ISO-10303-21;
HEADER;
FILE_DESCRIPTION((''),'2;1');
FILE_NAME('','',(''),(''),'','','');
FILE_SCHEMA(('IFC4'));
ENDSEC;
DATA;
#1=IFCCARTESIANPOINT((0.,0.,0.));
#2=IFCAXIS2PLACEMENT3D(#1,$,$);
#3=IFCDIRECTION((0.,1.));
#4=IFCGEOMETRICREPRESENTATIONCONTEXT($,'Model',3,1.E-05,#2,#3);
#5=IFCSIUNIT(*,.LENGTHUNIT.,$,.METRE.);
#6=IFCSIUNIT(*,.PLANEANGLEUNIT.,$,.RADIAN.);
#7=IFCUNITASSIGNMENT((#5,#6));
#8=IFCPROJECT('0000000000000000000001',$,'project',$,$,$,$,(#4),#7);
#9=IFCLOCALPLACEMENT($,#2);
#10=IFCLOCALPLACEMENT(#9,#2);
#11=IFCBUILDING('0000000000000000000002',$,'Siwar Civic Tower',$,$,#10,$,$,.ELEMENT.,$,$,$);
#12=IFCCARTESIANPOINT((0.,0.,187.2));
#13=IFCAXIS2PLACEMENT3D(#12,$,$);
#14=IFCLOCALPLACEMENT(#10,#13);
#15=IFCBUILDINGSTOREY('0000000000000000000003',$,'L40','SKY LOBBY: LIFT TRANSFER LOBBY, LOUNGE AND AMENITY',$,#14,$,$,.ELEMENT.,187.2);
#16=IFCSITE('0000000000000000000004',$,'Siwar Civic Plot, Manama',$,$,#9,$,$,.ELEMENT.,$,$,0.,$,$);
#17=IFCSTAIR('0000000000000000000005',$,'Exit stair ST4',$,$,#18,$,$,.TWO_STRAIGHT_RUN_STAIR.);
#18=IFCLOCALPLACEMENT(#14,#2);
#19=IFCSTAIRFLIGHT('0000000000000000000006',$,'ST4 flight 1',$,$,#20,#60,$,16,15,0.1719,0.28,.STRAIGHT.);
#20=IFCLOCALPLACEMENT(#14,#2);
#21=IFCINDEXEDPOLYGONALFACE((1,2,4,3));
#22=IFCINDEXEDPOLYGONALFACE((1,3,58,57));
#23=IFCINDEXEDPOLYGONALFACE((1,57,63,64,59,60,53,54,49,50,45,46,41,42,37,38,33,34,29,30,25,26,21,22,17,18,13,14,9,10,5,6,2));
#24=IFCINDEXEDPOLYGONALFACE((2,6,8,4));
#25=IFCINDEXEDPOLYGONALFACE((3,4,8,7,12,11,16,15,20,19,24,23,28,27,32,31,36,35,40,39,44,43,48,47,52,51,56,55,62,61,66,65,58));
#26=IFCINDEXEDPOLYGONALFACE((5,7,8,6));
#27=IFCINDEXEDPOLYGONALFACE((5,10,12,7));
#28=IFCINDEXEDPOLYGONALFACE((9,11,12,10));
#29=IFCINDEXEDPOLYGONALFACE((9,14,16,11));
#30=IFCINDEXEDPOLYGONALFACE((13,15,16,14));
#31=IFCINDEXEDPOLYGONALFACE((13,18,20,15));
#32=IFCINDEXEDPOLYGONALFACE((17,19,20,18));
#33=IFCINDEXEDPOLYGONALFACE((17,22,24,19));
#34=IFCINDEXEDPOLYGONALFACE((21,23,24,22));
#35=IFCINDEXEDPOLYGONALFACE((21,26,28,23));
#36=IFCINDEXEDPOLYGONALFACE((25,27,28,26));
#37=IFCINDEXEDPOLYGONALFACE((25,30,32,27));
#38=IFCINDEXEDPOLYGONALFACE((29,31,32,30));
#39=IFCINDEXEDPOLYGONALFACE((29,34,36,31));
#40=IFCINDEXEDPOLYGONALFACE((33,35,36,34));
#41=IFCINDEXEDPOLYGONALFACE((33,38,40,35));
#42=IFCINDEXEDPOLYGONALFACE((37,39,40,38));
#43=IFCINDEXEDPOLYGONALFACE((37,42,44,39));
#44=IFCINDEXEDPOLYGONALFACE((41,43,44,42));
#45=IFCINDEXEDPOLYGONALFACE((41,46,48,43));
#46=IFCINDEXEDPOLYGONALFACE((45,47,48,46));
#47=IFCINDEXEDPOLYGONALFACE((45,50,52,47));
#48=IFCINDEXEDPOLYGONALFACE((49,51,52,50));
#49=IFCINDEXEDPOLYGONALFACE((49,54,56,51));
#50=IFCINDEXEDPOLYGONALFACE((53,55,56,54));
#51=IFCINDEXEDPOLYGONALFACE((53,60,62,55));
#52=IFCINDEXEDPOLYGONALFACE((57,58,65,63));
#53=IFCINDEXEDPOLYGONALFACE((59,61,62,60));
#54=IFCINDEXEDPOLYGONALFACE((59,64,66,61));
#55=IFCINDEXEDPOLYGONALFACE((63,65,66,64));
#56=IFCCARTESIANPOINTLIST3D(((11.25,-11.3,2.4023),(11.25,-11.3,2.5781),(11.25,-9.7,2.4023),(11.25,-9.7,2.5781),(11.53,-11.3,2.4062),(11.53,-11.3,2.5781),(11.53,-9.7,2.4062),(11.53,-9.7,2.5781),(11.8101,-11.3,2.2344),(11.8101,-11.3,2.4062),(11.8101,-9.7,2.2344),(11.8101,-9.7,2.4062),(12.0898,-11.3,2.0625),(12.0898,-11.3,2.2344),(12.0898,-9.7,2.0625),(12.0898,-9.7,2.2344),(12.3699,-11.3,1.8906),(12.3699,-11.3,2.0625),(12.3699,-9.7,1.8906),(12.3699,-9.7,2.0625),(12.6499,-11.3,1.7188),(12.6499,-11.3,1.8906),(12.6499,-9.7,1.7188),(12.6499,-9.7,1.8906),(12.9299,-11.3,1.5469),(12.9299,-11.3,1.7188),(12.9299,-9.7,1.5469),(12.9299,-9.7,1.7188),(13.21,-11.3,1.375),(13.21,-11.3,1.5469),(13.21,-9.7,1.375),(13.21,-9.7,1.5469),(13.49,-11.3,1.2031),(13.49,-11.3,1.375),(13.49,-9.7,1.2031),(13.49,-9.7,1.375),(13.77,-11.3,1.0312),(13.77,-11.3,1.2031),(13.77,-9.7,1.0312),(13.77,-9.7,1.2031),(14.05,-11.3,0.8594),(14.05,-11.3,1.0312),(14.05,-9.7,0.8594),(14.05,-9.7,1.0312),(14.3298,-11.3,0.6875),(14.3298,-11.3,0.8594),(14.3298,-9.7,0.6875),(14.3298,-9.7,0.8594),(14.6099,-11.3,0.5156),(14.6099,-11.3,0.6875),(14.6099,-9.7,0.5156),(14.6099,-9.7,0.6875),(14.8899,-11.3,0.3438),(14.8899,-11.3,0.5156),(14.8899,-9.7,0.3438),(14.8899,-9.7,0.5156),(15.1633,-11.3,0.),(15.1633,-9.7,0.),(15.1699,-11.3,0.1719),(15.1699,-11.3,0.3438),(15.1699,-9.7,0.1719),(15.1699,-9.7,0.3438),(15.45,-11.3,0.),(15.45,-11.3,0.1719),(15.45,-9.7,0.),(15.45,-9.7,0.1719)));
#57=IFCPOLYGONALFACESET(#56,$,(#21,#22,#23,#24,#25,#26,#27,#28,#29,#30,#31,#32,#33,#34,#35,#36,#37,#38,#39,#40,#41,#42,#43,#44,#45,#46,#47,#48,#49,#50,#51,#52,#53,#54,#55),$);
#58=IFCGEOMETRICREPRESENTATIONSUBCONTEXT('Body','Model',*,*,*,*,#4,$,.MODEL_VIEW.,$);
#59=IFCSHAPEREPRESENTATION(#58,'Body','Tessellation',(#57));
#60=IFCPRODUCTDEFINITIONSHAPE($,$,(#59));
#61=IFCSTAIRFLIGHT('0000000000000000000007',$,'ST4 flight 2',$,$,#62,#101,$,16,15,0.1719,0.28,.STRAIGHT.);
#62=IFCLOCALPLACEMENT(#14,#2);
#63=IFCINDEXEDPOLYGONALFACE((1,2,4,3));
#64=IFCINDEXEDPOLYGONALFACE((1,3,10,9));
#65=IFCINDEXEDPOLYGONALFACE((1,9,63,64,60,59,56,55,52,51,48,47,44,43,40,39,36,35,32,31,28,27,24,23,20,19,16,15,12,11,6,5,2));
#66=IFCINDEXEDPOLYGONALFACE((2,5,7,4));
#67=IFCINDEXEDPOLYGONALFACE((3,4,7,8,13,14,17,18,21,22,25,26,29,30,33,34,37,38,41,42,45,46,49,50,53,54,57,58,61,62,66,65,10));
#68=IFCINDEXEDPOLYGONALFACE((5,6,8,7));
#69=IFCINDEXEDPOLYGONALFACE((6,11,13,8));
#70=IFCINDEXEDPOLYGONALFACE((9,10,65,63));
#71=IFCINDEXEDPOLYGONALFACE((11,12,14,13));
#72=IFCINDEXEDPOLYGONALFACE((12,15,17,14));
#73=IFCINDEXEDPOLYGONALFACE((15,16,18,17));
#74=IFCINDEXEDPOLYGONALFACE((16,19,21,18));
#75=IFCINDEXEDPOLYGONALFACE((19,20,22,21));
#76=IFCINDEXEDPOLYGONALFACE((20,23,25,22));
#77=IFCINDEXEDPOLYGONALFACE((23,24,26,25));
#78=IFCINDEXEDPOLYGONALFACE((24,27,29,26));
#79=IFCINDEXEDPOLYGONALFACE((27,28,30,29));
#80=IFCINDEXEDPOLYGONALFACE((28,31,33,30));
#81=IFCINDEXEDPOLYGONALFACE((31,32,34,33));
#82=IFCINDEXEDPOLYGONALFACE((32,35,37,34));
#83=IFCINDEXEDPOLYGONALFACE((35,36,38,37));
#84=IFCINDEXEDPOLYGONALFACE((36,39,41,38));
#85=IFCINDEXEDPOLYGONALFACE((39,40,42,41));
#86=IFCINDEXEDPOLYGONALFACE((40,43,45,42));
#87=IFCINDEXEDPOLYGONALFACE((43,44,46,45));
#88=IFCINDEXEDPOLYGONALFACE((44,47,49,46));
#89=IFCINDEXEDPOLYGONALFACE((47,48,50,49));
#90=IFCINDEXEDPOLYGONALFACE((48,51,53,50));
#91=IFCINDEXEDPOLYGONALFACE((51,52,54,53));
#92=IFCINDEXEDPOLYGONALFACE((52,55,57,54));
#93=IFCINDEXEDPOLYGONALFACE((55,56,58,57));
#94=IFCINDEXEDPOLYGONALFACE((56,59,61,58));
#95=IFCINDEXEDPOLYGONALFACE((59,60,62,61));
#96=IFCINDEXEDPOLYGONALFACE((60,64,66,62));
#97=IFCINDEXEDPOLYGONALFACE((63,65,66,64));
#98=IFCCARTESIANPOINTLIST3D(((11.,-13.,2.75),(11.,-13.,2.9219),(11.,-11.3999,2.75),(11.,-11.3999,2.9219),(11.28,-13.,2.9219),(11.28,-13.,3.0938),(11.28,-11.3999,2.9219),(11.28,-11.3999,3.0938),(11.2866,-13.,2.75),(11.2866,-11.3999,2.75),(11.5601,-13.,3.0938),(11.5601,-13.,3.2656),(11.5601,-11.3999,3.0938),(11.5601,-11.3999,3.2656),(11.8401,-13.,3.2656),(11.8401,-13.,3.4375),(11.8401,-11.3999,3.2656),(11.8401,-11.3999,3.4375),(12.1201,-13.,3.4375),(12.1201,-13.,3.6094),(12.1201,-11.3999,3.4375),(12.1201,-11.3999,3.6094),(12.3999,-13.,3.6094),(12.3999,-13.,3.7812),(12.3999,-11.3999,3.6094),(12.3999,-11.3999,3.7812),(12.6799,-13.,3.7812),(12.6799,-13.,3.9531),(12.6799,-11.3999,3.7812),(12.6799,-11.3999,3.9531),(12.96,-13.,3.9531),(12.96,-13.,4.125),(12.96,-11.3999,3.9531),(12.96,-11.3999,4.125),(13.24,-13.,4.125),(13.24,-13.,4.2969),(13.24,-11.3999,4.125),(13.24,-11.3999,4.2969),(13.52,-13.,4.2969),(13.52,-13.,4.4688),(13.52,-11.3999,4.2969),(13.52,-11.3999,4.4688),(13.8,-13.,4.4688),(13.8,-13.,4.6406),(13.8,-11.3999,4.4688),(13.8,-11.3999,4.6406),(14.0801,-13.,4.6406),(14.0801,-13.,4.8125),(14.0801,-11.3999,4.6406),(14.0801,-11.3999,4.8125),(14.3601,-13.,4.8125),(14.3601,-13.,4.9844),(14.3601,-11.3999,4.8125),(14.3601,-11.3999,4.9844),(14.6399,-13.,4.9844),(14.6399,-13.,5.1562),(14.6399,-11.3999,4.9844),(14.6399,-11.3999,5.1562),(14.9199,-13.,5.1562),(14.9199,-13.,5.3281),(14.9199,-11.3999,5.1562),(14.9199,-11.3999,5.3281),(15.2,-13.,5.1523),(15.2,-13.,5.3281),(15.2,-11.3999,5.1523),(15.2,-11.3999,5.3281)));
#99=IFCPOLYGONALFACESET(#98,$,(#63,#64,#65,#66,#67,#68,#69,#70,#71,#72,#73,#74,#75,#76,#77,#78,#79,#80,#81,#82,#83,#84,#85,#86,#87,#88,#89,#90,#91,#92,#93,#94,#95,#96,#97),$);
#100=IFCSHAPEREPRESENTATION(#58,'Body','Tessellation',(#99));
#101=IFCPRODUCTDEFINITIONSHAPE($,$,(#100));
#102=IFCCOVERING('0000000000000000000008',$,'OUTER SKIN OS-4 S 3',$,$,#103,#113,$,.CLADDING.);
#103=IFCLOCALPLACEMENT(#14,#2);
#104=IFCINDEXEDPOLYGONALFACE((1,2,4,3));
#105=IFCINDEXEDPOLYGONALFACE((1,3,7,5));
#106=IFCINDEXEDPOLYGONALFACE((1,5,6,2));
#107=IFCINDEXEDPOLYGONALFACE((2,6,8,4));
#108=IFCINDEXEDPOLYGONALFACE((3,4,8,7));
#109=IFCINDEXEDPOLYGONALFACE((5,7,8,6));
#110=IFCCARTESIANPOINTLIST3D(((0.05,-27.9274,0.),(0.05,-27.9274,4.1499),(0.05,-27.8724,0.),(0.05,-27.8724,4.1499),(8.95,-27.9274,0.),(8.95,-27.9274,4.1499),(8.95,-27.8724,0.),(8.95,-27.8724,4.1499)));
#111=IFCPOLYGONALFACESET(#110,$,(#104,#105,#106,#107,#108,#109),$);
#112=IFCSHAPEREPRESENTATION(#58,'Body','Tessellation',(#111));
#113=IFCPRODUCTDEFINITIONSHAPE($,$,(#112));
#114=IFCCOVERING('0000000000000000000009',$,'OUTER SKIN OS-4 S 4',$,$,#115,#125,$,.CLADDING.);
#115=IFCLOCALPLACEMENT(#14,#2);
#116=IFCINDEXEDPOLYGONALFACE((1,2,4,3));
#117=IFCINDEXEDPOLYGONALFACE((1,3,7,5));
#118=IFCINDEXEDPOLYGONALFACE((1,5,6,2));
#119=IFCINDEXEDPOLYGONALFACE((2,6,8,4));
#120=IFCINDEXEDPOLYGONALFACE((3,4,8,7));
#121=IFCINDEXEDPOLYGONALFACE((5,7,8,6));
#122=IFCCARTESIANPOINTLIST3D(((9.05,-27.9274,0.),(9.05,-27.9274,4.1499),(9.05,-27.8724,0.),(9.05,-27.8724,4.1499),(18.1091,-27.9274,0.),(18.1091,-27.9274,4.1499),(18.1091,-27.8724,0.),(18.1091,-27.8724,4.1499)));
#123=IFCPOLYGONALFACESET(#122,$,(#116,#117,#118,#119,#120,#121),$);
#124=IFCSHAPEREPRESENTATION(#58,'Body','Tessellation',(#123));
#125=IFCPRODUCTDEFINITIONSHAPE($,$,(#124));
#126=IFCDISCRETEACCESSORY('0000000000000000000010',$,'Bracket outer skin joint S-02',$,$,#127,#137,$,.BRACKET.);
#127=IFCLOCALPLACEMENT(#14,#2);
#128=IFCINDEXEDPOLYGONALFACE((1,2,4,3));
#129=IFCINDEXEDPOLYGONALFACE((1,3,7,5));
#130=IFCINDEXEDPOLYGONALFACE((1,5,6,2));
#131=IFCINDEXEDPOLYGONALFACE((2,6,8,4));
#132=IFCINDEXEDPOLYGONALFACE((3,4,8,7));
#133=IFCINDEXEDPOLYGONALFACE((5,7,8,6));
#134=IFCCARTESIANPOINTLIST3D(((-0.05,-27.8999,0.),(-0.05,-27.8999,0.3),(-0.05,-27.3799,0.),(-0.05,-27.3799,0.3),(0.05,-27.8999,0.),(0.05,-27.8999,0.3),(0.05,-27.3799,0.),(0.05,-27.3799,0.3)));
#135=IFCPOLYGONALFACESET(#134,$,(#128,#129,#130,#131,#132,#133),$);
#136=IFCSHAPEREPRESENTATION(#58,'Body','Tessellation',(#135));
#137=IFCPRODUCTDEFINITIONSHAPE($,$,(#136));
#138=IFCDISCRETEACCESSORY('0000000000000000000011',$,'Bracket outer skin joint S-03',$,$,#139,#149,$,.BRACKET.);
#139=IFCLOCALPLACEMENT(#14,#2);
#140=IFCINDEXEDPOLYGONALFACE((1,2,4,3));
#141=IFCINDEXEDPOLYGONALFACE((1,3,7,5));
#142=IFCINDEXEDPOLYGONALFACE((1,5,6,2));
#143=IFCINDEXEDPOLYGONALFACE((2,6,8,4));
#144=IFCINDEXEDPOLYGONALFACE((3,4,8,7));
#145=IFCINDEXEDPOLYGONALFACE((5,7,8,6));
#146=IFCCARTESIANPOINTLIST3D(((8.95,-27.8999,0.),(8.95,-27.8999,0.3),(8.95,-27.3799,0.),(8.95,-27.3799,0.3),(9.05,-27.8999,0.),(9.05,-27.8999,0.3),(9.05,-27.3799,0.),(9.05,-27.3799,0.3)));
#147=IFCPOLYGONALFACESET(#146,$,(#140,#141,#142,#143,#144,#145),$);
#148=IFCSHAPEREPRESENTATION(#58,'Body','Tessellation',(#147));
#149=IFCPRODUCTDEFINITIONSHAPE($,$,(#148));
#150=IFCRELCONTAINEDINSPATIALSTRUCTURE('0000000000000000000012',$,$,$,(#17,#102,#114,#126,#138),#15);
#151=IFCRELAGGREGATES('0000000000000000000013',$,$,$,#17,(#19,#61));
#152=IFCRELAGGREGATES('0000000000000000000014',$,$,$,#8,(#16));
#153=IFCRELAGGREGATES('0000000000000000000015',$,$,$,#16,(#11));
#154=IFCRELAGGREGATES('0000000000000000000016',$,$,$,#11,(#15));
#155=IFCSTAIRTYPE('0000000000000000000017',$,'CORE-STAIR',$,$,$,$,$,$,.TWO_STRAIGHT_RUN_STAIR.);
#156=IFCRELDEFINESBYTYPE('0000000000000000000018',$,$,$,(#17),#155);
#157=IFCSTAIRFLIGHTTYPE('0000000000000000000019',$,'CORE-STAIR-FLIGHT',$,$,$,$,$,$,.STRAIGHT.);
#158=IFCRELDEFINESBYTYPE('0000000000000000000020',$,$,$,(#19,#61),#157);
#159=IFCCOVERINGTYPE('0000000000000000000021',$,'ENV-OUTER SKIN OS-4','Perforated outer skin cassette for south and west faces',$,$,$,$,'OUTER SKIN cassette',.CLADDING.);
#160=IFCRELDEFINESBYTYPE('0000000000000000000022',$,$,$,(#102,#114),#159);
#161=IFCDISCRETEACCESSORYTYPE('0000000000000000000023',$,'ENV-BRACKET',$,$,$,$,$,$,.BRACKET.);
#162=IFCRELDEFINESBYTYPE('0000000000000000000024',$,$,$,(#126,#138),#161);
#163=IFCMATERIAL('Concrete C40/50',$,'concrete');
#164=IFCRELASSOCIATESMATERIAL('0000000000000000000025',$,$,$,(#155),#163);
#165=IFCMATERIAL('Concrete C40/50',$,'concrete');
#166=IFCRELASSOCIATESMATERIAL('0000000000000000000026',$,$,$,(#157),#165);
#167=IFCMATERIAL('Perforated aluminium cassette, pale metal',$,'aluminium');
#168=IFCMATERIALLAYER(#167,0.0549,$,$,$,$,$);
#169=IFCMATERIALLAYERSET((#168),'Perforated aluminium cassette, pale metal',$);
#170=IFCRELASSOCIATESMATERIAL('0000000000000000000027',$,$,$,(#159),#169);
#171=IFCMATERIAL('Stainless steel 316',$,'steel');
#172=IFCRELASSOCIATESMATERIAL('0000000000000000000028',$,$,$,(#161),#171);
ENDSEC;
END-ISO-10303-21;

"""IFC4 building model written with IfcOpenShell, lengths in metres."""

from ifc_helpers import new_model, si_unit, direction, frame, origin, origin_2d, place, context, subcontext, project, spatial, polyline, rectangle, outline, extrude, material, layer, layer_set, type_object, element, aggregate, save


model = new_model("IFC4")

# Units and contexts
model_context = context("Model", 3, precision=1e-05, world=origin(), true_north=direction((0.0, 1.0)))
body_context = subcontext(model_context, "Body", "Model", "MODEL_VIEW")
ifc_project = project(units=[si_unit("LENGTHUNIT", "METRE"), si_unit("PLANEANGLEUNIT", "RADIAN")], contexts=[model_context])

# Site, building, storey
site_placement = place(None, origin())
site = spatial("IfcSite", under=ifc_project, at=site_placement, Name="Siwar Civic Plot, Manama", CompositionType="ELEMENT", RefElevation=0.0)
building_placement = place(site_placement, origin())
building = spatial("IfcBuilding", under=site, at=building_placement, Name="Siwar Civic Tower", CompositionType="ELEMENT")
storey_placement = place(building_placement, frame((0.0, 0.0, 187.2)))
storey = spatial("IfcBuildingStorey", under=building, at=storey_placement, Name="L40", Description="SKY LOBBY: LIFT TRANSFER LOBBY, LOUNGE AND AMENITY", CompositionType="ELEMENT", Elevation=187.2)

# Stair, stair flights
ifc_material_1 = material(Name="Concrete C40/50", Category="concrete")
stair_type = type_object("IfcStairType", Name="CORE-STAIR", PredefinedType="TWO_STRAIGHT_RUN_STAIR", material=ifc_material_1)
stair_placement = place(storey_placement, origin())
stair = element("IfcStair", 1, at=stair_placement, inside=storey, type_object=stair_type, Name="Exit stair ST4", PredefinedType="TWO_STRAIGHT_RUN_STAIR")
ifc_material_2 = material(Name="Concrete C40/50", Category="concrete")
stair_flight_type = type_object("IfcStairFlightType", Name="CORE-STAIR-FLIGHT", PredefinedType="STRAIGHT", material=ifc_material_2)
stair_flight_1_placement = place(storey_placement, frame((15.45, -10.5, 0.0), z_axis=(0.0, 0.0, 1.0), x_axis=(-1.0, 0.0, 0.0)))
stair_flight_1 = element("IfcStairFlight", 2, at=stair_flight_1_placement, type_object=stair_flight_type, Name="ST4 flight 1", NumberOfRisers=16, NumberOfTreads=15, PredefinedType="STRAIGHT", RiserHeight=0.1719, TreadLength=0.28, context=body_context, shape_type="SweptSolid", body=[
    extrude(outline(polyline([(0.0, 0.0), (0.0, 0.1719), (0.28, 0.1719), (0.28, 0.3438), (0.5601, 0.3438), (0.5601, 0.5156), (0.8401, 0.5156), (0.8401, 0.6875), (1.1201, 0.6875), (1.1201, 0.8594), (1.3999, 0.8594), (1.3999, 1.0312), (1.6799, 1.0312), (1.6799, 1.2031), (1.96, 1.2031), (1.96, 1.375), (2.24, 1.375), (2.24, 1.5469), (2.52, 1.5469), (2.52, 1.7188), (2.8, 1.7188), (2.8, 1.8906), (3.0801, 1.8906), (3.0801, 2.0625), (3.3601, 2.0625), (3.3601, 2.2344), (3.6399, 2.2344), (3.6399, 2.4062), (3.9199, 2.4062), (3.9199, 2.5781), (4.2, 2.5781), (4.2, 2.75), (4.2, 2.4023), (0.2866, 0.0), (0.0, 0.0)])), frame((0.0, 0.8, 0.0), z_axis=(0.0, -1.0, 0.0), x_axis=(1.0, 0.0, 0.0)), (0.0, 0.0, 1.0), 1.6001),
])
stair_flight_2_placement = place(storey_placement, frame((11.0, -12.2, 2.75), z_axis=(0.0, 0.0, 1.0), x_axis=(1.0, 0.0, 0.0)))
stair_flight_2 = element("IfcStairFlight", 3, at=stair_flight_2_placement, type_object=stair_flight_type, Name="ST4 flight 2", NumberOfRisers=16, NumberOfTreads=15, PredefinedType="STRAIGHT", RiserHeight=0.1719, TreadLength=0.28, context=body_context, shape_type="SweptSolid", body=[
    extrude(outline(polyline([(0.0, 0.0), (0.0, 0.1719), (0.28, 0.1719), (0.28, 0.3438), (0.5601, 0.3438), (0.5601, 0.5156), (0.8401, 0.5156), (0.8401, 0.6875), (1.1201, 0.6875), (1.1201, 0.8594), (1.3999, 0.8594), (1.3999, 1.0312), (1.6799, 1.0312), (1.6799, 1.2031), (1.96, 1.2031), (1.96, 1.375), (2.24, 1.375), (2.24, 1.5469), (2.52, 1.5469), (2.52, 1.7188), (2.8, 1.7188), (2.8, 1.8906), (3.0801, 1.8906), (3.0801, 2.0625), (3.3601, 2.0625), (3.3601, 2.2344), (3.6399, 2.2344), (3.6399, 2.4062), (3.9199, 2.4062), (3.9199, 2.5781), (4.2, 2.5781), (4.2, 2.75), (4.2, 2.4023), (0.2866, 0.0), (0.0, 0.0)])), frame((0.0, 0.8, 0.0), z_axis=(0.0, -1.0, 0.0), x_axis=(1.0, 0.0, 0.0)), (0.0, 0.0, 1.0), 1.6001),
])
aggregate(stair, [stair_flight_1, stair_flight_2])

# Coverings
ifc_material_3 = material(Name="Perforated aluminium cassette, pale metal", Category="aluminium")
ifc_layer_1 = layer(ifc_material_3, 0.0549)
ifc_layer_set_1 = layer_set([ifc_layer_1], Name="Perforated aluminium cassette, pale metal")
covering_type = type_object("IfcCoveringType", Name="ENV-OUTER SKIN OS-4", Description="Perforated outer skin cassette for south and west faces", ElementType="OUTER SKIN cassette", PredefinedType="CLADDING", material=ifc_layer_set_1)
covering_1_placement = place(storey_placement, frame((4.5, -27.8999, 0.0), z_axis=(0.0, 0.0, 1.0), x_axis=(1.0, 0.0, 0.0)))
element("IfcCovering", 4, at=covering_1_placement, inside=storey, type_object=covering_type, Name="OUTER SKIN OS-4 S 3", PredefinedType="CLADDING", context=body_context, shape_type="SweptSolid", body=[
    extrude(rectangle(XDim=8.8999, YDim=0.0549, at=origin_2d()), origin(), (0.0, 0.0, 1.0), 4.1499),
])
covering_2_placement = place(storey_placement, frame((13.5796, -27.8999, 0.0), z_axis=(0.0, 0.0, 1.0), x_axis=(1.0, 0.0, 0.0)))
element("IfcCovering", 5, at=covering_2_placement, inside=storey, type_object=covering_type, Name="OUTER SKIN OS-4 S 4", PredefinedType="CLADDING", context=body_context, shape_type="SweptSolid", body=[
    extrude(rectangle(XDim=9.0591, YDim=0.0549, at=origin_2d()), origin(), (0.0, 0.0, 1.0), 4.1499),
])

# Discrete accessories
ifc_material_4 = material(Name="Stainless steel 316", Category="steel")
discrete_accessory_type = type_object("IfcDiscreteAccessoryType", Name="ENV-BRACKET", PredefinedType="BRACKET", material=ifc_material_4)
for number, where, z_axis, x_axis, name in (
    (6, (0.0, -27.6399, 0.0), (0.0, 0.0, 1.0), (0.0, -1.0, 0.0), "Bracket outer skin joint S-02"),
    (7, (9.0, -27.6399, 0.0), (0.0, 0.0, 1.0), (0.0, -1.0, 0.0), "Bracket outer skin joint S-03"),
):
    element("IfcDiscreteAccessory", number, at=place(storey_placement, frame(where, z_axis=z_axis, x_axis=x_axis)), inside=storey, type_object=discrete_accessory_type, Name=name, PredefinedType="BRACKET", context=body_context, shape_type="SweptSolid", body=[
        extrude(rectangle(XDim=0.52, YDim=0.1001, at=origin_2d()), origin(), (0.0, 0.0, 1.0), 0.3),
    ])

save(model, "model.ifc")
